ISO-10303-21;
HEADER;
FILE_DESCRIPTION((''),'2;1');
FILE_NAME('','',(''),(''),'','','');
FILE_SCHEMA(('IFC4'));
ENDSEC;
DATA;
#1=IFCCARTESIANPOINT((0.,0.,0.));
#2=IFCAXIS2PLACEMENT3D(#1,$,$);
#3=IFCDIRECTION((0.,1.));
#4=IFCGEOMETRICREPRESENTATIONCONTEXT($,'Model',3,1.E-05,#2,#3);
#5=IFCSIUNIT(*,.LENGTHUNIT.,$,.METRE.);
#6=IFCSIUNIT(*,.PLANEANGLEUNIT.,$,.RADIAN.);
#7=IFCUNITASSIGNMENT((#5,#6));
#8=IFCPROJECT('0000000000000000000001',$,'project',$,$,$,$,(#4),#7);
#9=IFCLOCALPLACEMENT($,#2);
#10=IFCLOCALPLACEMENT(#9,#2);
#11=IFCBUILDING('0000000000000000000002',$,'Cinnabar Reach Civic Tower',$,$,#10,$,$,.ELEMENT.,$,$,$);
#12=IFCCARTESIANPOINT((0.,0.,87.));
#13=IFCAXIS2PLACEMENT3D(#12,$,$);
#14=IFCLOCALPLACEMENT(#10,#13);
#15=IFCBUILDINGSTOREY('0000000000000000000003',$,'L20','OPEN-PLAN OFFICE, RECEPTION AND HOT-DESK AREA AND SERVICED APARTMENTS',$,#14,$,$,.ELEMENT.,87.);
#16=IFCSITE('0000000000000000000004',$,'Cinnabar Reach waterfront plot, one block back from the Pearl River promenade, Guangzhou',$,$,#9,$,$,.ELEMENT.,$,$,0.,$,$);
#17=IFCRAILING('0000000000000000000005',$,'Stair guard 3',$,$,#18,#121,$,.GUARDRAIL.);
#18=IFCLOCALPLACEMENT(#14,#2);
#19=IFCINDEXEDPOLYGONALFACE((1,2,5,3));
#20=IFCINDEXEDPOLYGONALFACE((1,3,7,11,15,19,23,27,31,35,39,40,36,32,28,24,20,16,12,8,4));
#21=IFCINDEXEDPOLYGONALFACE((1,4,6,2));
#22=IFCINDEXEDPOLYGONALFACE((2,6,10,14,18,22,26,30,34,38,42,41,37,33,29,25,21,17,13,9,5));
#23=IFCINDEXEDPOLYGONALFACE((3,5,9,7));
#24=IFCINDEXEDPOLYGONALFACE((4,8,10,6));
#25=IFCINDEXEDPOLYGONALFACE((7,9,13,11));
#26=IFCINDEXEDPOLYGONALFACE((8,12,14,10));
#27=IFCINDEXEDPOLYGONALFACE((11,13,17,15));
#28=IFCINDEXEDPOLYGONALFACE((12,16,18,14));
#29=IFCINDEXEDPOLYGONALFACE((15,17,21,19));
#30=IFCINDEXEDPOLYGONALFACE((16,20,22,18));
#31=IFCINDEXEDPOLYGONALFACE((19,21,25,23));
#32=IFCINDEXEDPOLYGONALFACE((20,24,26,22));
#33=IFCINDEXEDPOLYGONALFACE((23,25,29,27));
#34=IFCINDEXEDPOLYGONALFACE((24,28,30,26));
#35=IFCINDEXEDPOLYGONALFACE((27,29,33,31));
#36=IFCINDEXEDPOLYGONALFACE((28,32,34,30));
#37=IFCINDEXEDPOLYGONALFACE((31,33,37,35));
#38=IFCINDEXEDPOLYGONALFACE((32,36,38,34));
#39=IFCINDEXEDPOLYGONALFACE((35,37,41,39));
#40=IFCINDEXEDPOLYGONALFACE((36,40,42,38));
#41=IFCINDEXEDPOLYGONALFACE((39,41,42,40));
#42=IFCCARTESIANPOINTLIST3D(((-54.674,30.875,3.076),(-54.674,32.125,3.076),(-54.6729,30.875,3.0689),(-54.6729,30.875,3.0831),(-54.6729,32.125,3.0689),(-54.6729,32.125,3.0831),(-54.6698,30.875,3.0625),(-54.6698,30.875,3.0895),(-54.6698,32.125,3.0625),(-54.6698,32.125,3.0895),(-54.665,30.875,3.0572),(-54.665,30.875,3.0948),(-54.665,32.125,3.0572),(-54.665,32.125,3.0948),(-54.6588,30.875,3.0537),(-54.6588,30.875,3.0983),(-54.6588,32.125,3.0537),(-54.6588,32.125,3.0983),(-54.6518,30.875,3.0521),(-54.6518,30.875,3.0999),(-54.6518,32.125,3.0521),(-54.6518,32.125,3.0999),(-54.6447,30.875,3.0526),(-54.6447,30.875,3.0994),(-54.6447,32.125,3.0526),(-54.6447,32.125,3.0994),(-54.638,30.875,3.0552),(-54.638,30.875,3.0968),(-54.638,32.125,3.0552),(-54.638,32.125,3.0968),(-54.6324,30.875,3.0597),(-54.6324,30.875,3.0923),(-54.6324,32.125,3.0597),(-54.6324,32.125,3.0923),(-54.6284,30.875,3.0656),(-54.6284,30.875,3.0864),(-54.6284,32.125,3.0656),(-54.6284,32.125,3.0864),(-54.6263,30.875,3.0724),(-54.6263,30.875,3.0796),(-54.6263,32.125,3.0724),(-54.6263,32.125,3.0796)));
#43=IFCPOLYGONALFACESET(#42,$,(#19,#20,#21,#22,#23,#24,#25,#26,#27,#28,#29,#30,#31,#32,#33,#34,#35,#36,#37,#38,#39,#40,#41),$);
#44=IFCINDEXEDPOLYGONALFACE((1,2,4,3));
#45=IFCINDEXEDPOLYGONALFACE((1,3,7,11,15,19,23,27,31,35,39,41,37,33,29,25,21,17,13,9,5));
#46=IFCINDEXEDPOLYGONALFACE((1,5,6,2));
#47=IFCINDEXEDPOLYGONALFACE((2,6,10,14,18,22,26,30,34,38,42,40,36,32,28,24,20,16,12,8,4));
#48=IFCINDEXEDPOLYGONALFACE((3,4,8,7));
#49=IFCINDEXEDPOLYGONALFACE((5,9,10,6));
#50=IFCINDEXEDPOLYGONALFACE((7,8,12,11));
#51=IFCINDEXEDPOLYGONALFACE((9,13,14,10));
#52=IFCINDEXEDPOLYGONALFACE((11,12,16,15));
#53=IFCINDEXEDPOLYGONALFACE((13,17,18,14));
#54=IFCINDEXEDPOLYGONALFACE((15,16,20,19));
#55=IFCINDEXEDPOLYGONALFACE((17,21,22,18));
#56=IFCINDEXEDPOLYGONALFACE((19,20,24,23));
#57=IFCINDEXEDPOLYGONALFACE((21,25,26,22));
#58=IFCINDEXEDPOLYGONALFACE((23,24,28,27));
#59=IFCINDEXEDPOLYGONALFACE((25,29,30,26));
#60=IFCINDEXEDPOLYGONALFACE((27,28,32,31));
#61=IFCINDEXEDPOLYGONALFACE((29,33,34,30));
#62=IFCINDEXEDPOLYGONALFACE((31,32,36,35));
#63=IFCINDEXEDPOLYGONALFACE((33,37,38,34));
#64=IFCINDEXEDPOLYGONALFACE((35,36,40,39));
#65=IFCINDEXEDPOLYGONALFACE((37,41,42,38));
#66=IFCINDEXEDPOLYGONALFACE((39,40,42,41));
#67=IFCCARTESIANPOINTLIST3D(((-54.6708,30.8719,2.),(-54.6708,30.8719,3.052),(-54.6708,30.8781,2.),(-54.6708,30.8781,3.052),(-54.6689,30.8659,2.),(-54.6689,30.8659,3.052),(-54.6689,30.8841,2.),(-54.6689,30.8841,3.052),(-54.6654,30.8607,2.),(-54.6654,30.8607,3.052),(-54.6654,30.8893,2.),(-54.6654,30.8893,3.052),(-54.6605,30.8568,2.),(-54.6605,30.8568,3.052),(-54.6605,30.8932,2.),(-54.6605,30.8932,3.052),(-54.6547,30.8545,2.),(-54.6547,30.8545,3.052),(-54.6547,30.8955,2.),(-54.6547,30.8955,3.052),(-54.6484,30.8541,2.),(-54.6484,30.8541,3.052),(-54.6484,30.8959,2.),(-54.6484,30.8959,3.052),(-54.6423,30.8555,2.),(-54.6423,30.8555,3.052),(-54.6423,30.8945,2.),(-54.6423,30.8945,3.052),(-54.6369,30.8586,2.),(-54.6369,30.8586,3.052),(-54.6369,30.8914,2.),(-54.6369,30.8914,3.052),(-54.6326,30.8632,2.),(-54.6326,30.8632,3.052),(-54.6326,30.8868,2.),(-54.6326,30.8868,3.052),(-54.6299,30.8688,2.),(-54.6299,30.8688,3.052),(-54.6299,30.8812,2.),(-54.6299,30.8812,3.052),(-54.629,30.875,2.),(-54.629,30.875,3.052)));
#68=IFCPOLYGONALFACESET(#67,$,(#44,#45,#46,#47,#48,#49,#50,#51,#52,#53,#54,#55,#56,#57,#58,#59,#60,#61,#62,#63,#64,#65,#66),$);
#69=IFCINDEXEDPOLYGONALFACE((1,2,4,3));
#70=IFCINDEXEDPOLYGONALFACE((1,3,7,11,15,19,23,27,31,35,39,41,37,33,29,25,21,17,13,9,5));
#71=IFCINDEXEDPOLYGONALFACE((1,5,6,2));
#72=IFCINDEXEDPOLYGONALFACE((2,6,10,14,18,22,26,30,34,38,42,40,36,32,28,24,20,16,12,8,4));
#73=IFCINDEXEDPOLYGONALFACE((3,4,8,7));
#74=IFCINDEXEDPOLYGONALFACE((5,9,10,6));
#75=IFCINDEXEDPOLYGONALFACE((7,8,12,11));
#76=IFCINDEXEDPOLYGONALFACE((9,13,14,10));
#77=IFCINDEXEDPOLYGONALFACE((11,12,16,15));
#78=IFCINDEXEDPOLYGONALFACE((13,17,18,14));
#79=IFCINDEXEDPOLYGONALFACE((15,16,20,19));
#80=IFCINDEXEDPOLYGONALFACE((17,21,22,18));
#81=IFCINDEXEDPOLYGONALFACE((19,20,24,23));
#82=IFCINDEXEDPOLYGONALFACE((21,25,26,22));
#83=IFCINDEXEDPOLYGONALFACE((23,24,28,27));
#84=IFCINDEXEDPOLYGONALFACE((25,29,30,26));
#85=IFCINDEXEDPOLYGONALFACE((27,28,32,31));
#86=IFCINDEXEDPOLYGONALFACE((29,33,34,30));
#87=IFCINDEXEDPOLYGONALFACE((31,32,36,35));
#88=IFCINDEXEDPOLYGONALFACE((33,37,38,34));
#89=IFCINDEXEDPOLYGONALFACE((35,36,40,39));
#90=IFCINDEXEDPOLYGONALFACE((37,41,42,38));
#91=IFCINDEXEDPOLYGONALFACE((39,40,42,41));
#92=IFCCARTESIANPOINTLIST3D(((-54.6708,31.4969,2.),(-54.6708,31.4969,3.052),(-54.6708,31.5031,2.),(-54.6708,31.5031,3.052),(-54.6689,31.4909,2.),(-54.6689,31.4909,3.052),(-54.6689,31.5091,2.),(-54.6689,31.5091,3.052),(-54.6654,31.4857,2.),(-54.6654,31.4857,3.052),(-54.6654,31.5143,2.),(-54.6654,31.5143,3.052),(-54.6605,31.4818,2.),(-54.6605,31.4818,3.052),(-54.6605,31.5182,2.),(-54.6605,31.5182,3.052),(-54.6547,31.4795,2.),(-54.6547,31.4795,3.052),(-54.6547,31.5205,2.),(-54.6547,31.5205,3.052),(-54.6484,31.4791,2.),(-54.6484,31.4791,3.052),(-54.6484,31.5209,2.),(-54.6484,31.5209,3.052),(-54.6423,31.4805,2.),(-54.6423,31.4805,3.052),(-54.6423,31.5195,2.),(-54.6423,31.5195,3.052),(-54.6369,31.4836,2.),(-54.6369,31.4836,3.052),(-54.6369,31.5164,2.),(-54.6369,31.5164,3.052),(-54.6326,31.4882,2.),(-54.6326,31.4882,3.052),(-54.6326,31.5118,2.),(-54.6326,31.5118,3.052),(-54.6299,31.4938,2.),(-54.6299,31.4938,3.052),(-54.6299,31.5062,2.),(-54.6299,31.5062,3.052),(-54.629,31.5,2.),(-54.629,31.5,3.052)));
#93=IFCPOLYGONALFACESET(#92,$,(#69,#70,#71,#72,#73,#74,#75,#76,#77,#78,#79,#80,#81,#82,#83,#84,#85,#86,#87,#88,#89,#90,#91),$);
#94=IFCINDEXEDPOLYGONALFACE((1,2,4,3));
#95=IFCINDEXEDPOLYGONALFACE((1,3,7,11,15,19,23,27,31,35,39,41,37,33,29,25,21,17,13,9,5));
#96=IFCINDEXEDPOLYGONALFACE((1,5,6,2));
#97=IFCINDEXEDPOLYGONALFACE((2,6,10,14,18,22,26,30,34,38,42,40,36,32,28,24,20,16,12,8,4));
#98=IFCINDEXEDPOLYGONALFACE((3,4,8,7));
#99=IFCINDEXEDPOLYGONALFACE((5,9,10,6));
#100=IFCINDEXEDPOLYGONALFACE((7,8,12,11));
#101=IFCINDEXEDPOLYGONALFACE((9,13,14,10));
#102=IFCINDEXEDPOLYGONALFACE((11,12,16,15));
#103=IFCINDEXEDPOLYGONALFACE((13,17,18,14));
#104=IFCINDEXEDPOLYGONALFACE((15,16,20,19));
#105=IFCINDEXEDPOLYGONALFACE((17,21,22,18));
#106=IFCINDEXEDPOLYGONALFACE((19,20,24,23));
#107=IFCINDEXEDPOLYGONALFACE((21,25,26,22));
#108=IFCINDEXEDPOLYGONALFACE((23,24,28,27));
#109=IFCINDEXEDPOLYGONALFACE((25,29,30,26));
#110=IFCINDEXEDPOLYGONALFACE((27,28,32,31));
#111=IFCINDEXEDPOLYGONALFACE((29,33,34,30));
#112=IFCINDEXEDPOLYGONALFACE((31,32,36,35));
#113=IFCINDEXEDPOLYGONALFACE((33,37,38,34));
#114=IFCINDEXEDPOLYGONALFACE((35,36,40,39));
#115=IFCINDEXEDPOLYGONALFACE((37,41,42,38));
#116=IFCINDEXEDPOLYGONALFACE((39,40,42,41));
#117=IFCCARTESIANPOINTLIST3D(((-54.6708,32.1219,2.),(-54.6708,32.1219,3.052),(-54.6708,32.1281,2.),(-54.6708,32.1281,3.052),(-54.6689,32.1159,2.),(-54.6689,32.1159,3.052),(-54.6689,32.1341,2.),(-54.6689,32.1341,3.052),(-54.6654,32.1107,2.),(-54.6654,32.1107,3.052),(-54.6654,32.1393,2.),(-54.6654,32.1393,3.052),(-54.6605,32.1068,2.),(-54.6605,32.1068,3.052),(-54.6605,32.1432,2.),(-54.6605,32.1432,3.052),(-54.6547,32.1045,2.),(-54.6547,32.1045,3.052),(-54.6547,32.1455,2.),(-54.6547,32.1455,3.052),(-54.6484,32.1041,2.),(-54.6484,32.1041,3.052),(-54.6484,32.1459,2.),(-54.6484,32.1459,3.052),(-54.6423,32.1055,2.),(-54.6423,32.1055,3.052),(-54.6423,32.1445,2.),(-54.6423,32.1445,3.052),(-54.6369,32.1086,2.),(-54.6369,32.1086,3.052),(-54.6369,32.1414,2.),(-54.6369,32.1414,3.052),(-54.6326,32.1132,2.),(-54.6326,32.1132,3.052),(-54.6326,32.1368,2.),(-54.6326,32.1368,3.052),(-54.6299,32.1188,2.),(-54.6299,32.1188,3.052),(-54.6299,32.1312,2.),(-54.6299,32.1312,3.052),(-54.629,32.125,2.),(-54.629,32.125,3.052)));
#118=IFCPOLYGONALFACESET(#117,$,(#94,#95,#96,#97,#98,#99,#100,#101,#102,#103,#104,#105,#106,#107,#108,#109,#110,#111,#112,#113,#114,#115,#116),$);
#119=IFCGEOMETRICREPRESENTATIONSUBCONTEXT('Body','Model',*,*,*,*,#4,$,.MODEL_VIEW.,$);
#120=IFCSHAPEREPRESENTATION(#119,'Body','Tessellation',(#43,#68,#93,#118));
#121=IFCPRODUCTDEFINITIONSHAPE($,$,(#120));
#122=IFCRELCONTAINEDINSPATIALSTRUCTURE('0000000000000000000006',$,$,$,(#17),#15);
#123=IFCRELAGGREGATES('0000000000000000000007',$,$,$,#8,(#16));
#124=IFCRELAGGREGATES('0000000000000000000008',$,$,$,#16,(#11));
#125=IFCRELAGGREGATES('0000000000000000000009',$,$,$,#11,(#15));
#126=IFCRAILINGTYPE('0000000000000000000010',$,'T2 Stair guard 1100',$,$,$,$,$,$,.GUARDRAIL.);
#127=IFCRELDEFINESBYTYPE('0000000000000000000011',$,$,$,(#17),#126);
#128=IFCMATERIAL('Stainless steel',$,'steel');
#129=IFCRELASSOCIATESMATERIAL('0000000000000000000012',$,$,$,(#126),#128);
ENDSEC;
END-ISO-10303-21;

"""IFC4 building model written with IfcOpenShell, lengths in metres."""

from ifc_helpers import new_model, si_unit, direction, frame, origin, origin_2d, place, context, subcontext, project, spatial, circle, extrude, material, type_object, element, save


model = new_model("IFC4")

# Units and contexts
model_context = context("Model", 3, precision=1e-05, world=origin(), true_north=direction((0.0, 1.0)))
body_context = subcontext(model_context, "Body", "Model", "MODEL_VIEW")
ifc_project = project(units=[si_unit("LENGTHUNIT", "METRE"), si_unit("PLANEANGLEUNIT", "RADIAN")], contexts=[model_context])

# Site, building, storey
site_placement = place(None, origin())
site = spatial("IfcSite", under=ifc_project, at=site_placement, Name="Cinnabar Reach waterfront plot, one block back from the Pearl River promenade, Guangzhou", CompositionType="ELEMENT", RefElevation=0.0)
building_placement = place(site_placement, origin())
building = spatial("IfcBuilding", under=site, at=building_placement, Name="Cinnabar Reach Civic Tower", CompositionType="ELEMENT")
storey_placement = place(building_placement, frame((0.0, 0.0, 87.0)))
storey = spatial("IfcBuildingStorey", under=building, at=storey_placement, Name="L20", Description="OPEN-PLAN OFFICE, RECEPTION AND HOT-DESK AREA AND SERVICED APARTMENTS", CompositionType="ELEMENT", Elevation=87.0)

# Railing
ifc_material_1 = material(Name="Stainless steel", Category="steel")
railing_type = type_object("IfcRailingType", Name="T2 Stair guard 1100", PredefinedType="GUARDRAIL", material=ifc_material_1)
railing_1_placement = place(storey_placement, frame((-54.65, 30.875, 2.0)))
element("IfcRailing", 1, at=railing_1_placement, inside=storey, type_object=railing_type, Name="Stair guard 3", PredefinedType="GUARDRAIL", context=body_context, shape_type="SweptSolid", body=[
    extrude(circle(Radius=0.024, at=origin_2d()), frame((0.0, 0.0, 1.076), z_axis=(0.0, 1.0, 0.0), x_axis=(-1.0, 0.0, 0.0)), (0.0, 0.0, 1.0), 1.25),
    extrude(circle(Radius=0.021, at=origin_2d()), origin(), (0.0, 0.0, 1.0), 1.052),
    extrude(circle(Radius=0.021, at=origin_2d()), frame((0.0, 0.625, 0.0)), (0.0, 0.0, 1.0), 1.052),
    extrude(circle(Radius=0.021, at=origin_2d()), frame((0.0, 1.25, 0.0)), (0.0, 0.0, 1.0), 1.052),
])

save(model, "model.ifc")
